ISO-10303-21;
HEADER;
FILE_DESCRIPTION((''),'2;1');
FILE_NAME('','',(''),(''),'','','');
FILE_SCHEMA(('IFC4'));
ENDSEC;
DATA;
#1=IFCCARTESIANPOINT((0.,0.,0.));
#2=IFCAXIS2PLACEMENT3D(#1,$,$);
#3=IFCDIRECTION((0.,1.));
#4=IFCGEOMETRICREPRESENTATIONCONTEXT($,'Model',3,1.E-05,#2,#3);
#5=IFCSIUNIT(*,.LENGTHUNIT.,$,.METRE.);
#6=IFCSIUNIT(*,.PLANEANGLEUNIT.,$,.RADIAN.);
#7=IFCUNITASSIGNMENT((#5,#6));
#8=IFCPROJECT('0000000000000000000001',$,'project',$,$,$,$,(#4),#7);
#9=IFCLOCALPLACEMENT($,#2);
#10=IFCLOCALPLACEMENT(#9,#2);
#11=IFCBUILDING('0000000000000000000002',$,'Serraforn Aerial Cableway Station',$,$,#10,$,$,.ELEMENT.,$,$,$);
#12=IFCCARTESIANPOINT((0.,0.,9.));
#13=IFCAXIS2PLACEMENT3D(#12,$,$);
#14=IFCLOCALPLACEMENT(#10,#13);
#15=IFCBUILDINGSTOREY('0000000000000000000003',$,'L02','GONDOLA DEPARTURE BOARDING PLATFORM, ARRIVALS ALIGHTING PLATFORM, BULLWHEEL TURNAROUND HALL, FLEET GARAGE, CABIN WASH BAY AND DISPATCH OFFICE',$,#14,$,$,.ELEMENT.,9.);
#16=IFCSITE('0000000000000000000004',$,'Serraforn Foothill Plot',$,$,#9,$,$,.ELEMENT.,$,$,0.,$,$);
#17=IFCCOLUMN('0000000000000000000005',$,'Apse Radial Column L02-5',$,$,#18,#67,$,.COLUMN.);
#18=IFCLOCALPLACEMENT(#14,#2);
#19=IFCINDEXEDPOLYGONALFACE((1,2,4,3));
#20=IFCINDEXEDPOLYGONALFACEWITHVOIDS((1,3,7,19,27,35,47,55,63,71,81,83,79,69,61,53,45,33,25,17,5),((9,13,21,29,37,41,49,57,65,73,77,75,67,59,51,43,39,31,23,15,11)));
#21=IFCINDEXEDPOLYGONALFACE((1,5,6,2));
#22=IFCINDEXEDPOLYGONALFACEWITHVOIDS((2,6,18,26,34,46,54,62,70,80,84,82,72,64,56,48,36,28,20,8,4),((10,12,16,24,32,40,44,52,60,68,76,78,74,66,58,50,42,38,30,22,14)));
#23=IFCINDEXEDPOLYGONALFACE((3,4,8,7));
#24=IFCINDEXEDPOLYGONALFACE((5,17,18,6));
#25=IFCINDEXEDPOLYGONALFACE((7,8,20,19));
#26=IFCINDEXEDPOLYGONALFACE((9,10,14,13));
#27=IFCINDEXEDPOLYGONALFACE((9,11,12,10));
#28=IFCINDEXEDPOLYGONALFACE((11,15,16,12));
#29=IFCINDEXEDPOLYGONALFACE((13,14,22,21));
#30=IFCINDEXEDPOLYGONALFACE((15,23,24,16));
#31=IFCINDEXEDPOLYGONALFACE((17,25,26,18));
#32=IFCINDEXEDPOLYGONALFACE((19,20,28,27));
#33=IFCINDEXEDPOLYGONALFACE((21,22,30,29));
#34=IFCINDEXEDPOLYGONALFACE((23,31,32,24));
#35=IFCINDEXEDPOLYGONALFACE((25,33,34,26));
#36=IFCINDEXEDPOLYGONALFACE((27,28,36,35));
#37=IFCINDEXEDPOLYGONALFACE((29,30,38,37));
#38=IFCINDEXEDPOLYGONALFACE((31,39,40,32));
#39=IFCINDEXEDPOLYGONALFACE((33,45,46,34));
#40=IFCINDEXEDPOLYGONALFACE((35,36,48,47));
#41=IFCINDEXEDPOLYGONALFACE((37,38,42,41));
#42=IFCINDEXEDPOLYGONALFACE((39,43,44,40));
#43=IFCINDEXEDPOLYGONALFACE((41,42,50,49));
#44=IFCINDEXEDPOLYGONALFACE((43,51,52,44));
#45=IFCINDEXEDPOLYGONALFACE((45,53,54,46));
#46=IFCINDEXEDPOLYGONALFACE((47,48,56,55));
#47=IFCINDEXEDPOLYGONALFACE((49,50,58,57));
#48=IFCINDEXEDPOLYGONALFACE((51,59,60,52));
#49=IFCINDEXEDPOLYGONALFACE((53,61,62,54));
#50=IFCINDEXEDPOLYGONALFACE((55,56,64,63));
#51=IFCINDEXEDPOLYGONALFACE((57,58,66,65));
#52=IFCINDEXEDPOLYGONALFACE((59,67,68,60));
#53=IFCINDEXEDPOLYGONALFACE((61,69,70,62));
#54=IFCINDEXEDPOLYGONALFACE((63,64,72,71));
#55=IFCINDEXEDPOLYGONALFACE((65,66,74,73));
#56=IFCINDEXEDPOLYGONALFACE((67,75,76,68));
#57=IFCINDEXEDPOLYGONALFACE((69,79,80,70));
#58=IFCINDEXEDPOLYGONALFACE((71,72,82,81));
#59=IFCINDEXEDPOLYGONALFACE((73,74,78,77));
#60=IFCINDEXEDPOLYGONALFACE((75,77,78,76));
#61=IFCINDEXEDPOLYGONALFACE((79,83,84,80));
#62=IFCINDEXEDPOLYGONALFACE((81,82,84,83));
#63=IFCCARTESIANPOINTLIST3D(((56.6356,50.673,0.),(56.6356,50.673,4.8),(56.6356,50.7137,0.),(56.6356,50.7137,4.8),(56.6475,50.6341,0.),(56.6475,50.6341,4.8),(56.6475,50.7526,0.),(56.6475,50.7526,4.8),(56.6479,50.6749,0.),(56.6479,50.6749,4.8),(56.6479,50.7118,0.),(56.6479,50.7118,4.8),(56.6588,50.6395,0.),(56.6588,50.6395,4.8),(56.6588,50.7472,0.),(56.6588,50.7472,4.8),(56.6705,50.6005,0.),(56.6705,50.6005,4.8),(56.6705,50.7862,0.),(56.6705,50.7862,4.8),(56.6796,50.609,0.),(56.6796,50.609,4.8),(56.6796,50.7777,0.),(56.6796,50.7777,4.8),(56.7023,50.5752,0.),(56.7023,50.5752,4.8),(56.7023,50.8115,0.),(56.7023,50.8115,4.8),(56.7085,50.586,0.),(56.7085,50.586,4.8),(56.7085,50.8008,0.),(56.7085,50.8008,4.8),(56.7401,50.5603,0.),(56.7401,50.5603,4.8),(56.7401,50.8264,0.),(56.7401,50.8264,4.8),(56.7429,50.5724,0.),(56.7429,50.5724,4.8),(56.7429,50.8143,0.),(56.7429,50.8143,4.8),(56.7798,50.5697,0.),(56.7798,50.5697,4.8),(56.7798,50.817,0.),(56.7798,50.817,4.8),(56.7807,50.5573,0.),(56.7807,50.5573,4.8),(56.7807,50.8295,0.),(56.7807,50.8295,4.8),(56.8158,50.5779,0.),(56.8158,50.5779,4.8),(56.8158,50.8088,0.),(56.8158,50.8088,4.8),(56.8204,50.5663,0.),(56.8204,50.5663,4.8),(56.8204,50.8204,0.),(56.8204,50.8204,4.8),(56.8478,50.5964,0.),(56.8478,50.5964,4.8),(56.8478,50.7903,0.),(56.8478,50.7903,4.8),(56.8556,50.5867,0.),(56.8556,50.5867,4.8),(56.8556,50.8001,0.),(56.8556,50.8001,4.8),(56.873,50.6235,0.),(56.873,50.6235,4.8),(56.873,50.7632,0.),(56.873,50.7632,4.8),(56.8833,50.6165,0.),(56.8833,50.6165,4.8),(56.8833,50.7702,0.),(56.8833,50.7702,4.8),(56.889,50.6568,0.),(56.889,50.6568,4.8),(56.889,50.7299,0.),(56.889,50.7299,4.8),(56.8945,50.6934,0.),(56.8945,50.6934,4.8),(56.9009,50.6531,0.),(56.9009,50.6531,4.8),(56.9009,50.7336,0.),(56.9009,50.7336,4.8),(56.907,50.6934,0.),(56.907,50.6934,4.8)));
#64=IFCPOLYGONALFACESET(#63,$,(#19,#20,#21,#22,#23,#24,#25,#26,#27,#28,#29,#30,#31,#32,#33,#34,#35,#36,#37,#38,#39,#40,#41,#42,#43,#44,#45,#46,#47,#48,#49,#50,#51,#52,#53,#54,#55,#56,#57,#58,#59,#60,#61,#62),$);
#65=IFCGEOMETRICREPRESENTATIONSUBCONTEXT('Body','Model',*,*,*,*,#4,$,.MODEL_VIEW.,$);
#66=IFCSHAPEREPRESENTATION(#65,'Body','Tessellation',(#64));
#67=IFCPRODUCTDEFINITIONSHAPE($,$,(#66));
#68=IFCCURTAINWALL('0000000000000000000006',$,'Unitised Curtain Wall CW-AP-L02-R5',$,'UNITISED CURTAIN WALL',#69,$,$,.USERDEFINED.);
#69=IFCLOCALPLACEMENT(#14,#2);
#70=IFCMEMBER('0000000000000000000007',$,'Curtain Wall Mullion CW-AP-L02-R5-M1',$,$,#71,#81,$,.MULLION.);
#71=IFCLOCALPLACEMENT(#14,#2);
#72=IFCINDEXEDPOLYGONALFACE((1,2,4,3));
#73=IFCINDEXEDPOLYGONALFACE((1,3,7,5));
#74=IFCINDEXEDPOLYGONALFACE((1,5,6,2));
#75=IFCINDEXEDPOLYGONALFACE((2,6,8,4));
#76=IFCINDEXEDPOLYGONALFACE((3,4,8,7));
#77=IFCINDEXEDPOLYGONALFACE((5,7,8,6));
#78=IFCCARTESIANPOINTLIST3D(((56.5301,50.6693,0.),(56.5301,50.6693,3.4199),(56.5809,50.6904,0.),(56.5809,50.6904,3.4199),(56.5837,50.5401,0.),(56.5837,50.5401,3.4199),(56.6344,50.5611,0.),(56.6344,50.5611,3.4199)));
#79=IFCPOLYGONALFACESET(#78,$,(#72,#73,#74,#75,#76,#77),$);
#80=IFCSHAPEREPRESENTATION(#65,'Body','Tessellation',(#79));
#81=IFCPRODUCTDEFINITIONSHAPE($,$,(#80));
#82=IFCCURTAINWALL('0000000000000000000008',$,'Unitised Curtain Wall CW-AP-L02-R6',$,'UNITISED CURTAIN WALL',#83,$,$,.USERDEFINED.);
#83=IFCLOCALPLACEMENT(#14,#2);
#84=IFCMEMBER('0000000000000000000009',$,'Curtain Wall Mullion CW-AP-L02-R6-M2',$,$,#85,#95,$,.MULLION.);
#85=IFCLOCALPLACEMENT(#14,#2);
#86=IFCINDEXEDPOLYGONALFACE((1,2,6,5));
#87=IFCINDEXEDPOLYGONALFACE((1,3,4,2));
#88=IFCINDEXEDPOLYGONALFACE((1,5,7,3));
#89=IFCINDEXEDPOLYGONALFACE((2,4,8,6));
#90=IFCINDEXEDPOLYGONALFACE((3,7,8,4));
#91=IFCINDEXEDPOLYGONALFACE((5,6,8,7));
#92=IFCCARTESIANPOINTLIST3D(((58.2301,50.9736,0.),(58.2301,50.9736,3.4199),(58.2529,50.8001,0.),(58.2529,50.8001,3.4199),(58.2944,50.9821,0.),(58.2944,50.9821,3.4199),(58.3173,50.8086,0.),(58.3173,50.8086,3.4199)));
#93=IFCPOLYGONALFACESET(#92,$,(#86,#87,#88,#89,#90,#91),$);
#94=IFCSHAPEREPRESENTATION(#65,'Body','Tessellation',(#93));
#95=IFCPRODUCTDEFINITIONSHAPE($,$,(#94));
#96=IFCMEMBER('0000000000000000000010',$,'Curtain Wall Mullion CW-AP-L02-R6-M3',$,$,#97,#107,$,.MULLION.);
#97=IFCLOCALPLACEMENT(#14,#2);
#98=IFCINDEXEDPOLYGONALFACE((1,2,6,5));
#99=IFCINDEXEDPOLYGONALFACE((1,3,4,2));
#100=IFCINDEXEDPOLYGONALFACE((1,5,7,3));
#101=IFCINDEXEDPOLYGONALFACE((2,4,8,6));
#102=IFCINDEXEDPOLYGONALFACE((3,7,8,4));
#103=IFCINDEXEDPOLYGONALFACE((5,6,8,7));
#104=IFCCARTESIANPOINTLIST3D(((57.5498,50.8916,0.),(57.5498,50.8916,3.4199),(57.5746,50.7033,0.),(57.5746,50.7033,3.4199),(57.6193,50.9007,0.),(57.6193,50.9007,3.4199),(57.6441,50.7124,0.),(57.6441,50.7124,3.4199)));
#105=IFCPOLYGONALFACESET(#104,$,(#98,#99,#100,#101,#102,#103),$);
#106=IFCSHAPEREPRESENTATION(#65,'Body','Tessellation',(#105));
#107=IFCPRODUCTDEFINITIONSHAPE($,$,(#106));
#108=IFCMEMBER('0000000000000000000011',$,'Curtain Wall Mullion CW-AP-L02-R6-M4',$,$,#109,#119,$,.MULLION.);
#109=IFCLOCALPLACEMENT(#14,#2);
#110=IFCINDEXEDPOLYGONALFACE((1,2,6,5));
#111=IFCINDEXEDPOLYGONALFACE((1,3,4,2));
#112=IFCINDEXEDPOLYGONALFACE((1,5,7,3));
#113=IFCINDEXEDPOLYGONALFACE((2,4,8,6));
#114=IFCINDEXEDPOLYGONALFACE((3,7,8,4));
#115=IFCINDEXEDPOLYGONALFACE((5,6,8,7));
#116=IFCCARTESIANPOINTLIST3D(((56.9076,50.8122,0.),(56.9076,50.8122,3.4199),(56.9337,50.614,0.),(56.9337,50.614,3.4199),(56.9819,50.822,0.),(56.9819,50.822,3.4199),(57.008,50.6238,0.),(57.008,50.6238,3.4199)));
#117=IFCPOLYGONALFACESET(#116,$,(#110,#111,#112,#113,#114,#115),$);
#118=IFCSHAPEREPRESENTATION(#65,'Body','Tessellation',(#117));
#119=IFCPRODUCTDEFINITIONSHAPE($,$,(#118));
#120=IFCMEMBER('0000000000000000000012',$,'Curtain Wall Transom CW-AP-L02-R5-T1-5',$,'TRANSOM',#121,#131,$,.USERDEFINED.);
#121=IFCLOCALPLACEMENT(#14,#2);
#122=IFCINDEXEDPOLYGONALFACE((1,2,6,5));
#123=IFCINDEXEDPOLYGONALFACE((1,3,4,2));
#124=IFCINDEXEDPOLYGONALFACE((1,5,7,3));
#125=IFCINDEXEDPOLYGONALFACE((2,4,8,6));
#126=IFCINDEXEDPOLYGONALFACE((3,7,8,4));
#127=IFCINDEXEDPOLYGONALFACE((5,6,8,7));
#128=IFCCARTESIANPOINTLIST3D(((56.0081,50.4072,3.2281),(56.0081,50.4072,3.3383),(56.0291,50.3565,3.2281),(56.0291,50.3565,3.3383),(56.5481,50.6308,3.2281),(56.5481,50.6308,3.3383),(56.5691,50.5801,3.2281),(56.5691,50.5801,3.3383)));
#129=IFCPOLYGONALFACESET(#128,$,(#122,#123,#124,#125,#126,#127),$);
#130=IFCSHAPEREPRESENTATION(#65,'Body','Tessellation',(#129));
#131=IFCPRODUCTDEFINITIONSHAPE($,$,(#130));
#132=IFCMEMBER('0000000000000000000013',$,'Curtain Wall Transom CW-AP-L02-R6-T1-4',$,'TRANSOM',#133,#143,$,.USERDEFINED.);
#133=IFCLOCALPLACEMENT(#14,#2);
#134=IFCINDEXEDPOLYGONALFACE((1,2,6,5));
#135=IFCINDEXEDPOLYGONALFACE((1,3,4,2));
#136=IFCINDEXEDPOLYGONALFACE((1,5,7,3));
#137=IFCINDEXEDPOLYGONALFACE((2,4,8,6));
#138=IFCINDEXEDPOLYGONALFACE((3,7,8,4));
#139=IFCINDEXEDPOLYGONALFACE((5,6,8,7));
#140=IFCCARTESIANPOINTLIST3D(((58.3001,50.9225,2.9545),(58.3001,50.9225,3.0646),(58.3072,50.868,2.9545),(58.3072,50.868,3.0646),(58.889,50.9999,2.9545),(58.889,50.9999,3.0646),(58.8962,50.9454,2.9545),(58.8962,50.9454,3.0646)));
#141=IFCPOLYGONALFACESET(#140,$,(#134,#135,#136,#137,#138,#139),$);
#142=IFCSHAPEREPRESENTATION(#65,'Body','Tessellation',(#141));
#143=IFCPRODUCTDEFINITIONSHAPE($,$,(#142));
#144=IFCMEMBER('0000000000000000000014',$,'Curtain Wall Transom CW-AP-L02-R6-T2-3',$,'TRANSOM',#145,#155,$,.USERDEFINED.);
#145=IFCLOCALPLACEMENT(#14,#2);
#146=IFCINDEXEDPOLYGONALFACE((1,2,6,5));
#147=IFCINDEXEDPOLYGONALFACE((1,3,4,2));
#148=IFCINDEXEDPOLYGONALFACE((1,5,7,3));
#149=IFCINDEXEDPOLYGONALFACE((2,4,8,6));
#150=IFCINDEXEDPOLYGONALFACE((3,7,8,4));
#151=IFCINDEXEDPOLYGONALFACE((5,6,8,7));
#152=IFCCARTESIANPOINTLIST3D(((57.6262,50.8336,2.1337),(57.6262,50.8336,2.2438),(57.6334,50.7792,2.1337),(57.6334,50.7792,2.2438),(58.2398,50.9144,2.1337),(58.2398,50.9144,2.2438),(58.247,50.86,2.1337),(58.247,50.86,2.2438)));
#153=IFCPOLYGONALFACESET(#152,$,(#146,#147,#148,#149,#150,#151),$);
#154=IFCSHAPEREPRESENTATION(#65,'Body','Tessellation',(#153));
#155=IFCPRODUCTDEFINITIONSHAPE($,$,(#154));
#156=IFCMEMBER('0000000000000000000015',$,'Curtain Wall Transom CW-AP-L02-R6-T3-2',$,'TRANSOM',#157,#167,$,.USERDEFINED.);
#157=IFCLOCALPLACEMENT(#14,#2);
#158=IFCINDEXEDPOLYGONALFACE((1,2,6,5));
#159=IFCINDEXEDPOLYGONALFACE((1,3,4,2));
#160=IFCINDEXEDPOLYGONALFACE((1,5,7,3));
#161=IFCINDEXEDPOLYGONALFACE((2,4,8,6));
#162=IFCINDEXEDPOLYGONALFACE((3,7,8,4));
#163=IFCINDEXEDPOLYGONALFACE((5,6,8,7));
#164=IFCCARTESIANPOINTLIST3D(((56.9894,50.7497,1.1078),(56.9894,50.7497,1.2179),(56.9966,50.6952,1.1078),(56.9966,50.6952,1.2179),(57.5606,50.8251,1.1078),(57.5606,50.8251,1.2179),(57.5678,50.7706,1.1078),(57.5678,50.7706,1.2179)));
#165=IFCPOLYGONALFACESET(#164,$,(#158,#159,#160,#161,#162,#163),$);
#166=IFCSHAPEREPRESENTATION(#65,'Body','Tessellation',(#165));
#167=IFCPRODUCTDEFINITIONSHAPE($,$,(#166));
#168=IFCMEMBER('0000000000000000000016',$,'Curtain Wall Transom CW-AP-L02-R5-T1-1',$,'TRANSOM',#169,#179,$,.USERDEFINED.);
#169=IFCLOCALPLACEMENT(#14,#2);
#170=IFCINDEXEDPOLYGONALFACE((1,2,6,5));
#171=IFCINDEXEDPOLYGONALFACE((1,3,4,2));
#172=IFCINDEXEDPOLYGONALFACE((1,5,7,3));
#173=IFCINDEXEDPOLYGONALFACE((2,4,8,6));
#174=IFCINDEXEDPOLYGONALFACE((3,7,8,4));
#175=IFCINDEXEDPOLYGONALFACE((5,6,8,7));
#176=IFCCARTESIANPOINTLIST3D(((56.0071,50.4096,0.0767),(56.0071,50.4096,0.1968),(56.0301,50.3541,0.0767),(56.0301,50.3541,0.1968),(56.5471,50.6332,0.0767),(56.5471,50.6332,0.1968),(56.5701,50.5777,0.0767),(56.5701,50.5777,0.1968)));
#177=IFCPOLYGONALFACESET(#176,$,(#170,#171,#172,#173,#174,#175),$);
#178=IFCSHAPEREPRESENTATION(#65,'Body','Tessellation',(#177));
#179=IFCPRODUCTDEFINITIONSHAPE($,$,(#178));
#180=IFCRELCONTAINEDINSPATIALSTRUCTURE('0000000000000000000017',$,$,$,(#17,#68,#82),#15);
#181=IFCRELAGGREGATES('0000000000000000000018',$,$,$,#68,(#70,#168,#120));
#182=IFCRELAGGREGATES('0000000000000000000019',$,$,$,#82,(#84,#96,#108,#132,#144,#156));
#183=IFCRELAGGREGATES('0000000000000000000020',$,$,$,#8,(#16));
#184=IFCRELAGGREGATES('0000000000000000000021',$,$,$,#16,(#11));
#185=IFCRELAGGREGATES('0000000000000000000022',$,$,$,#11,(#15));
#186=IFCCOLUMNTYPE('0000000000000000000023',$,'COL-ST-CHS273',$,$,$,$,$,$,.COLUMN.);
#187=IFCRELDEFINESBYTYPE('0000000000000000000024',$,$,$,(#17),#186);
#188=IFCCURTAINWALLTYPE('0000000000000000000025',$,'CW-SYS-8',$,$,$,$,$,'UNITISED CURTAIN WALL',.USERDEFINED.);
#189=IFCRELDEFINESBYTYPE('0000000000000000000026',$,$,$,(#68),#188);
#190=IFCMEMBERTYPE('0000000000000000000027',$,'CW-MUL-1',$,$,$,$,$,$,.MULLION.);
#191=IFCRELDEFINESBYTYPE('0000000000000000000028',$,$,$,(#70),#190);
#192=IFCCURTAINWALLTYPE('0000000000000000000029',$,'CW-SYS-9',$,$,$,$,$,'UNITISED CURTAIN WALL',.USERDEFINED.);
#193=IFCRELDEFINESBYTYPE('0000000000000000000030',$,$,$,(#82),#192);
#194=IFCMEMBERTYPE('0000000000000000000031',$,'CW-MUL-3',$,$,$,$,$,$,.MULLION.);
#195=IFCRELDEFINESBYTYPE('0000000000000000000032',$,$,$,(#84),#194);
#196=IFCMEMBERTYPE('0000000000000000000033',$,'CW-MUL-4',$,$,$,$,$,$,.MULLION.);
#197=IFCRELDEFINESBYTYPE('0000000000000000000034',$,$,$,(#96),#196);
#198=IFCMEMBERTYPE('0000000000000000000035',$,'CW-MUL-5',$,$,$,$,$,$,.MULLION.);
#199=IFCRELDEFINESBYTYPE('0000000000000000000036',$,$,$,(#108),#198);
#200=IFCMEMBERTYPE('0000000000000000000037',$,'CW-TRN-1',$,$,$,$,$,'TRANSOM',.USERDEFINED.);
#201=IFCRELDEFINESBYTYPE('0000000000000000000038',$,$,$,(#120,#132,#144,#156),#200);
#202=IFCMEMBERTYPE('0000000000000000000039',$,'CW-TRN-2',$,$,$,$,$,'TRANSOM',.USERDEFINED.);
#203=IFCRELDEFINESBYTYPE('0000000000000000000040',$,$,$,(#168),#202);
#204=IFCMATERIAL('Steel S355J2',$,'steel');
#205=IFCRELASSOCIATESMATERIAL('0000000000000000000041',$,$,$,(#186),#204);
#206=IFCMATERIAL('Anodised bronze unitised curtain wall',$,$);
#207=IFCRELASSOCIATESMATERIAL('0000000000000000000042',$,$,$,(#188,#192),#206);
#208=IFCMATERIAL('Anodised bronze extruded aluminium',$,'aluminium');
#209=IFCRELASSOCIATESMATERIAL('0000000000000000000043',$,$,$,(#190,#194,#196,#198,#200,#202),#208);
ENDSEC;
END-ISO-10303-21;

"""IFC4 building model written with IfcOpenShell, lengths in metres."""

from ifc_helpers import new_model, si_unit, direction, frame, origin, origin_2d, place, context, subcontext, project, spatial, rectangle, hollow_circle, extrude, material, material_profile, profile_set, type_object, element, aggregate, save


model = new_model("IFC4")

# Units and contexts
model_context = context("Model", 3, precision=1e-05, world=origin(), true_north=direction((0.0, 1.0)))
body_context = subcontext(model_context, "Body", "Model", "MODEL_VIEW")
ifc_project = project(units=[si_unit("LENGTHUNIT", "METRE"), si_unit("PLANEANGLEUNIT", "RADIAN")], contexts=[model_context])

# Site, building, storey
site_placement = place(None, origin())
site = spatial("IfcSite", under=ifc_project, at=site_placement, Name="Serraforn Foothill Plot", CompositionType="ELEMENT", RefElevation=0.0)
building_placement = place(site_placement, origin())
building = spatial("IfcBuilding", under=site, at=building_placement, Name="Serraforn Aerial Cableway Station", CompositionType="ELEMENT")
storey_placement = place(building_placement, frame((0.0, 0.0, 9.0)))
storey = spatial("IfcBuildingStorey", under=building, at=storey_placement, Name="L02", Description="GONDOLA DEPARTURE BOARDING PLATFORM, ARRIVALS ALIGHTING PLATFORM, BULLWHEEL TURNAROUND HALL, FLEET GARAGE, CABIN WASH BAY AND DISPATCH OFFICE", CompositionType="ELEMENT", Elevation=9.0)

# Column
ifc_material_1 = material(Name="Steel S355J2", Category="steel")
ifc_material_profile_1 = material_profile(ifc_material_1, hollow_circle(Radius=0.1365, WallThickness=0.0125, at=origin_2d()), Name="CHS 273.0x12.5")
ifc_profile_set_1 = profile_set([ifc_material_profile_1], Name="Steel S355J2")
column_type = type_object("IfcColumnType", Name="COL-ST-CHS273", PredefinedType="COLUMN", material=ifc_profile_set_1)
column_placement = place(storey_placement, frame((56.7705, 50.6934, 0.0), z_axis=(0.0, 0.0, 1.0), x_axis=(1.0, 0.0, 0.0)))
element("IfcColumn", 1, at=column_placement, inside=storey, type_object=column_type, Name="Apse Radial Column L02-5", PredefinedType="COLUMN", context=body_context, shape_type="SweptSolid", body=[
    extrude(hollow_circle(Radius=0.1365, WallThickness=0.0125, at=origin_2d()), origin(), (0.0, 0.0, 1.0), 4.8),
])

# Curtain wall, member
ifc_material_2 = material(Name="Anodised bronze unitised curtain wall")
curtain_wall_type_1 = type_object("IfcCurtainWallType", Name="CW-SYS-8", ElementType="UNITISED CURTAIN WALL", PredefinedType="USERDEFINED", material=ifc_material_2)
curtain_wall_1_placement = place(storey_placement, origin())
curtain_wall_1 = element("IfcCurtainWall", 2, at=curtain_wall_1_placement, inside=storey, type_object=curtain_wall_type_1, Name="Unitised Curtain Wall CW-AP-L02-R5", ObjectType="UNITISED CURTAIN WALL", PredefinedType="USERDEFINED")
ifc_material_3 = material(Name="Anodised bronze extruded aluminium", Category="aluminium")
ifc_material_profile_2 = material_profile(ifc_material_3, rectangle(XDim=0.0549, YDim=0.1399, at=origin_2d()), Name="CW MULLION 55x140")
ifc_profile_set_2 = profile_set([ifc_material_profile_2], Name="Anodised bronze extruded aluminium")
member_type_1 = type_object("IfcMemberType", Name="CW-MUL-1", PredefinedType="MULLION", material=ifc_profile_set_2)
member_1_placement = place(storey_placement, frame((56.5823, 50.6152, 0.0), z_axis=(0.0, 0.0, 1.0), x_axis=(-0.923887, -0.382666, 0.0)))
member_1 = element("IfcMember", 3, at=member_1_placement, type_object=member_type_1, Name="Curtain Wall Mullion CW-AP-L02-R5-M1", PredefinedType="MULLION", context=body_context, shape_type="SweptSolid", body=[
    extrude(rectangle(XDim=0.0549, YDim=0.1399, at=origin_2d()), origin(), (0.0, 0.0, 1.0), 3.4199),
])

# Curtain wall, members
curtain_wall_type_2 = type_object("IfcCurtainWallType", Name="CW-SYS-9", ElementType="UNITISED CURTAIN WALL", PredefinedType="USERDEFINED", material=ifc_material_2)
curtain_wall_2_placement = place(storey_placement, origin())
curtain_wall_2 = element("IfcCurtainWall", 4, at=curtain_wall_2_placement, inside=storey, type_object=curtain_wall_type_2, Name="Unitised Curtain Wall CW-AP-L02-R6", ObjectType="UNITISED CURTAIN WALL", PredefinedType="USERDEFINED")
ifc_material_profile_3 = material_profile(ifc_material_3, rectangle(XDim=0.0649, YDim=0.175, at=origin_2d()), Name="CW MULLION 65x175")
ifc_profile_set_3 = profile_set([ifc_material_profile_3], Name="Anodised bronze extruded aluminium")
member_type_2 = type_object("IfcMemberType", Name="CW-MUL-3", PredefinedType="MULLION", material=ifc_profile_set_3)
member_2_placement = place(storey_placement, frame((58.2737, 50.8911, 0.0), z_axis=(0.0, 0.0, 1.0), x_axis=(-0.991439, -0.130573, 0.0)))
member_2 = element("IfcMember", 5, at=member_2_placement, type_object=member_type_2, Name="Curtain Wall Mullion CW-AP-L02-R6-M2", PredefinedType="MULLION", context=body_context, shape_type="SweptSolid", body=[
    extrude(rectangle(XDim=0.0649, YDim=0.175, at=origin_2d()), origin(), (0.0, 0.0, 1.0), 3.4199),
])
ifc_material_profile_4 = material_profile(ifc_material_3, rectangle(XDim=0.0701, YDim=0.1899, at=origin_2d()), Name="CW MULLION 70x190")
ifc_profile_set_4 = profile_set([ifc_material_profile_4], Name="Anodised bronze extruded aluminium")
member_type_3 = type_object("IfcMemberType", Name="CW-MUL-4", PredefinedType="MULLION", material=ifc_profile_set_4)
member_3_placement = place(storey_placement, frame((57.5969, 50.802, 0.0), z_axis=(0.0, 0.0, 1.0), x_axis=(-0.991439, -0.130573, 0.0)))
member_3 = element("IfcMember", 6, at=member_3_placement, type_object=member_type_3, Name="Curtain Wall Mullion CW-AP-L02-R6-M3", PredefinedType="MULLION", context=body_context, shape_type="SweptSolid", body=[
    extrude(rectangle(XDim=0.0701, YDim=0.1899, at=origin_2d()), origin(), (0.0, 0.0, 1.0), 3.4199),
])
ifc_material_profile_5 = material_profile(ifc_material_3, rectangle(XDim=0.075, YDim=0.2, at=origin_2d()), Name="CW MULLION 75x200")
ifc_profile_set_5 = profile_set([ifc_material_profile_5], Name="Anodised bronze extruded aluminium")
member_type_4 = type_object("IfcMemberType", Name="CW-MUL-5", PredefinedType="MULLION", material=ifc_profile_set_5)
member_4_placement = place(storey_placement, frame((56.9578, 50.718, 0.0), z_axis=(0.0, 0.0, 1.0), x_axis=(-0.991439, -0.130573, 0.0)))
member_4 = element("IfcMember", 7, at=member_4_placement, type_object=member_type_4, Name="Curtain Wall Mullion CW-AP-L02-R6-M4", PredefinedType="MULLION", context=body_context, shape_type="SweptSolid", body=[
    extrude(rectangle(XDim=0.075, YDim=0.2, at=origin_2d()), origin(), (0.0, 0.0, 1.0), 3.4199),
])

# Members
ifc_material_profile_6 = material_profile(ifc_material_3, rectangle(XDim=0.0549, YDim=0.1101, at=origin_2d()), Name="CW TRANSOM 55x110")
ifc_profile_set_6 = profile_set([ifc_material_profile_6], Name="Anodised bronze extruded aluminium")
member_type_5 = type_object("IfcMemberType", Name="CW-TRN-1", ElementType="TRANSOM", PredefinedType="USERDEFINED", material=ifc_profile_set_6)
member_5_placement = place(storey_placement, frame((56.5586, 50.6055, 3.2832), z_axis=(-0.923915, -0.382598, 0.0), x_axis=(0.382598, -0.923915, 0.0)))
member_5 = element("IfcMember", 8, at=member_5_placement, type_object=member_type_5, Name="Curtain Wall Transom CW-AP-L02-R5-T1-5", ObjectType="TRANSOM", PredefinedType="USERDEFINED", context=body_context, shape_type="SweptSolid", body=[
    extrude(rectangle(XDim=0.0549, YDim=0.1101, at=origin_2d()), origin(), (0.0, 0.0, 1.0), 0.5845),
])
member_6_placement = place(storey_placement, frame((58.8926, 50.9727, 3.0095), z_axis=(-0.991474, -0.130306, 0.0), x_axis=(0.130306, -0.991474, 0.0)))
member_6 = element("IfcMember", 9, at=member_6_placement, type_object=member_type_5, Name="Curtain Wall Transom CW-AP-L02-R6-T1-4", ObjectType="TRANSOM", PredefinedType="USERDEFINED", context=body_context, shape_type="SweptSolid", body=[
    extrude(rectangle(XDim=0.0549, YDim=0.1101, at=origin_2d()), origin(), (0.0, 0.0, 1.0), 0.594),
])
member_7_placement = place(storey_placement, frame((58.2434, 50.8872, 2.1887), z_axis=(-0.991437, -0.130587, 0.0), x_axis=(0.130587, -0.991437, 0.0)))
member_7 = element("IfcMember", 10, at=member_7_placement, type_object=member_type_5, Name="Curtain Wall Transom CW-AP-L02-R6-T2-3", ObjectType="TRANSOM", PredefinedType="USERDEFINED", context=body_context, shape_type="SweptSolid", body=[
    extrude(rectangle(XDim=0.0549, YDim=0.1101, at=origin_2d()), origin(), (0.0, 0.0, 1.0), 0.6189),
])
member_8_placement = place(storey_placement, frame((57.5642, 50.7979, 1.1628), z_axis=(-0.991394, -0.130915, 0.0), x_axis=(0.130915, -0.991394, 0.0)))
member_8 = element("IfcMember", 11, at=member_8_placement, type_object=member_type_5, Name="Curtain Wall Transom CW-AP-L02-R6-T3-2", ObjectType="TRANSOM", PredefinedType="USERDEFINED", context=body_context, shape_type="SweptSolid", body=[
    extrude(rectangle(XDim=0.0549, YDim=0.1101, at=origin_2d()), origin(), (0.0, 0.0, 1.0), 0.5762),
])
ifc_material_profile_7 = material_profile(ifc_material_3, rectangle(XDim=0.0601, YDim=0.1201, at=origin_2d()), Name="CW TRANSOM 60x120")
ifc_profile_set_7 = profile_set([ifc_material_profile_7], Name="Anodised bronze extruded aluminium")
member_type_6 = type_object("IfcMemberType", Name="CW-TRN-2", ElementType="TRANSOM", PredefinedType="USERDEFINED", material=ifc_profile_set_7)
member_9_placement = place(storey_placement, frame((56.5586, 50.6055, 0.1367), z_axis=(-0.923915, -0.382598, 0.0), x_axis=(0.382598, -0.923915, 0.0)))
member_9 = element("IfcMember", 12, at=member_9_placement, type_object=member_type_6, Name="Curtain Wall Transom CW-AP-L02-R5-T1-1", ObjectType="TRANSOM", PredefinedType="USERDEFINED", context=body_context, shape_type="SweptSolid", body=[
    extrude(rectangle(XDim=0.0601, YDim=0.1201, at=origin_2d()), origin(), (0.0, 0.0, 1.0), 0.5845),
])
aggregate(curtain_wall_1, [member_1, member_9, member_5])

aggregate(curtain_wall_2, [member_2, member_3, member_4, member_6, member_7, member_8])

save(model, "model.ifc")
